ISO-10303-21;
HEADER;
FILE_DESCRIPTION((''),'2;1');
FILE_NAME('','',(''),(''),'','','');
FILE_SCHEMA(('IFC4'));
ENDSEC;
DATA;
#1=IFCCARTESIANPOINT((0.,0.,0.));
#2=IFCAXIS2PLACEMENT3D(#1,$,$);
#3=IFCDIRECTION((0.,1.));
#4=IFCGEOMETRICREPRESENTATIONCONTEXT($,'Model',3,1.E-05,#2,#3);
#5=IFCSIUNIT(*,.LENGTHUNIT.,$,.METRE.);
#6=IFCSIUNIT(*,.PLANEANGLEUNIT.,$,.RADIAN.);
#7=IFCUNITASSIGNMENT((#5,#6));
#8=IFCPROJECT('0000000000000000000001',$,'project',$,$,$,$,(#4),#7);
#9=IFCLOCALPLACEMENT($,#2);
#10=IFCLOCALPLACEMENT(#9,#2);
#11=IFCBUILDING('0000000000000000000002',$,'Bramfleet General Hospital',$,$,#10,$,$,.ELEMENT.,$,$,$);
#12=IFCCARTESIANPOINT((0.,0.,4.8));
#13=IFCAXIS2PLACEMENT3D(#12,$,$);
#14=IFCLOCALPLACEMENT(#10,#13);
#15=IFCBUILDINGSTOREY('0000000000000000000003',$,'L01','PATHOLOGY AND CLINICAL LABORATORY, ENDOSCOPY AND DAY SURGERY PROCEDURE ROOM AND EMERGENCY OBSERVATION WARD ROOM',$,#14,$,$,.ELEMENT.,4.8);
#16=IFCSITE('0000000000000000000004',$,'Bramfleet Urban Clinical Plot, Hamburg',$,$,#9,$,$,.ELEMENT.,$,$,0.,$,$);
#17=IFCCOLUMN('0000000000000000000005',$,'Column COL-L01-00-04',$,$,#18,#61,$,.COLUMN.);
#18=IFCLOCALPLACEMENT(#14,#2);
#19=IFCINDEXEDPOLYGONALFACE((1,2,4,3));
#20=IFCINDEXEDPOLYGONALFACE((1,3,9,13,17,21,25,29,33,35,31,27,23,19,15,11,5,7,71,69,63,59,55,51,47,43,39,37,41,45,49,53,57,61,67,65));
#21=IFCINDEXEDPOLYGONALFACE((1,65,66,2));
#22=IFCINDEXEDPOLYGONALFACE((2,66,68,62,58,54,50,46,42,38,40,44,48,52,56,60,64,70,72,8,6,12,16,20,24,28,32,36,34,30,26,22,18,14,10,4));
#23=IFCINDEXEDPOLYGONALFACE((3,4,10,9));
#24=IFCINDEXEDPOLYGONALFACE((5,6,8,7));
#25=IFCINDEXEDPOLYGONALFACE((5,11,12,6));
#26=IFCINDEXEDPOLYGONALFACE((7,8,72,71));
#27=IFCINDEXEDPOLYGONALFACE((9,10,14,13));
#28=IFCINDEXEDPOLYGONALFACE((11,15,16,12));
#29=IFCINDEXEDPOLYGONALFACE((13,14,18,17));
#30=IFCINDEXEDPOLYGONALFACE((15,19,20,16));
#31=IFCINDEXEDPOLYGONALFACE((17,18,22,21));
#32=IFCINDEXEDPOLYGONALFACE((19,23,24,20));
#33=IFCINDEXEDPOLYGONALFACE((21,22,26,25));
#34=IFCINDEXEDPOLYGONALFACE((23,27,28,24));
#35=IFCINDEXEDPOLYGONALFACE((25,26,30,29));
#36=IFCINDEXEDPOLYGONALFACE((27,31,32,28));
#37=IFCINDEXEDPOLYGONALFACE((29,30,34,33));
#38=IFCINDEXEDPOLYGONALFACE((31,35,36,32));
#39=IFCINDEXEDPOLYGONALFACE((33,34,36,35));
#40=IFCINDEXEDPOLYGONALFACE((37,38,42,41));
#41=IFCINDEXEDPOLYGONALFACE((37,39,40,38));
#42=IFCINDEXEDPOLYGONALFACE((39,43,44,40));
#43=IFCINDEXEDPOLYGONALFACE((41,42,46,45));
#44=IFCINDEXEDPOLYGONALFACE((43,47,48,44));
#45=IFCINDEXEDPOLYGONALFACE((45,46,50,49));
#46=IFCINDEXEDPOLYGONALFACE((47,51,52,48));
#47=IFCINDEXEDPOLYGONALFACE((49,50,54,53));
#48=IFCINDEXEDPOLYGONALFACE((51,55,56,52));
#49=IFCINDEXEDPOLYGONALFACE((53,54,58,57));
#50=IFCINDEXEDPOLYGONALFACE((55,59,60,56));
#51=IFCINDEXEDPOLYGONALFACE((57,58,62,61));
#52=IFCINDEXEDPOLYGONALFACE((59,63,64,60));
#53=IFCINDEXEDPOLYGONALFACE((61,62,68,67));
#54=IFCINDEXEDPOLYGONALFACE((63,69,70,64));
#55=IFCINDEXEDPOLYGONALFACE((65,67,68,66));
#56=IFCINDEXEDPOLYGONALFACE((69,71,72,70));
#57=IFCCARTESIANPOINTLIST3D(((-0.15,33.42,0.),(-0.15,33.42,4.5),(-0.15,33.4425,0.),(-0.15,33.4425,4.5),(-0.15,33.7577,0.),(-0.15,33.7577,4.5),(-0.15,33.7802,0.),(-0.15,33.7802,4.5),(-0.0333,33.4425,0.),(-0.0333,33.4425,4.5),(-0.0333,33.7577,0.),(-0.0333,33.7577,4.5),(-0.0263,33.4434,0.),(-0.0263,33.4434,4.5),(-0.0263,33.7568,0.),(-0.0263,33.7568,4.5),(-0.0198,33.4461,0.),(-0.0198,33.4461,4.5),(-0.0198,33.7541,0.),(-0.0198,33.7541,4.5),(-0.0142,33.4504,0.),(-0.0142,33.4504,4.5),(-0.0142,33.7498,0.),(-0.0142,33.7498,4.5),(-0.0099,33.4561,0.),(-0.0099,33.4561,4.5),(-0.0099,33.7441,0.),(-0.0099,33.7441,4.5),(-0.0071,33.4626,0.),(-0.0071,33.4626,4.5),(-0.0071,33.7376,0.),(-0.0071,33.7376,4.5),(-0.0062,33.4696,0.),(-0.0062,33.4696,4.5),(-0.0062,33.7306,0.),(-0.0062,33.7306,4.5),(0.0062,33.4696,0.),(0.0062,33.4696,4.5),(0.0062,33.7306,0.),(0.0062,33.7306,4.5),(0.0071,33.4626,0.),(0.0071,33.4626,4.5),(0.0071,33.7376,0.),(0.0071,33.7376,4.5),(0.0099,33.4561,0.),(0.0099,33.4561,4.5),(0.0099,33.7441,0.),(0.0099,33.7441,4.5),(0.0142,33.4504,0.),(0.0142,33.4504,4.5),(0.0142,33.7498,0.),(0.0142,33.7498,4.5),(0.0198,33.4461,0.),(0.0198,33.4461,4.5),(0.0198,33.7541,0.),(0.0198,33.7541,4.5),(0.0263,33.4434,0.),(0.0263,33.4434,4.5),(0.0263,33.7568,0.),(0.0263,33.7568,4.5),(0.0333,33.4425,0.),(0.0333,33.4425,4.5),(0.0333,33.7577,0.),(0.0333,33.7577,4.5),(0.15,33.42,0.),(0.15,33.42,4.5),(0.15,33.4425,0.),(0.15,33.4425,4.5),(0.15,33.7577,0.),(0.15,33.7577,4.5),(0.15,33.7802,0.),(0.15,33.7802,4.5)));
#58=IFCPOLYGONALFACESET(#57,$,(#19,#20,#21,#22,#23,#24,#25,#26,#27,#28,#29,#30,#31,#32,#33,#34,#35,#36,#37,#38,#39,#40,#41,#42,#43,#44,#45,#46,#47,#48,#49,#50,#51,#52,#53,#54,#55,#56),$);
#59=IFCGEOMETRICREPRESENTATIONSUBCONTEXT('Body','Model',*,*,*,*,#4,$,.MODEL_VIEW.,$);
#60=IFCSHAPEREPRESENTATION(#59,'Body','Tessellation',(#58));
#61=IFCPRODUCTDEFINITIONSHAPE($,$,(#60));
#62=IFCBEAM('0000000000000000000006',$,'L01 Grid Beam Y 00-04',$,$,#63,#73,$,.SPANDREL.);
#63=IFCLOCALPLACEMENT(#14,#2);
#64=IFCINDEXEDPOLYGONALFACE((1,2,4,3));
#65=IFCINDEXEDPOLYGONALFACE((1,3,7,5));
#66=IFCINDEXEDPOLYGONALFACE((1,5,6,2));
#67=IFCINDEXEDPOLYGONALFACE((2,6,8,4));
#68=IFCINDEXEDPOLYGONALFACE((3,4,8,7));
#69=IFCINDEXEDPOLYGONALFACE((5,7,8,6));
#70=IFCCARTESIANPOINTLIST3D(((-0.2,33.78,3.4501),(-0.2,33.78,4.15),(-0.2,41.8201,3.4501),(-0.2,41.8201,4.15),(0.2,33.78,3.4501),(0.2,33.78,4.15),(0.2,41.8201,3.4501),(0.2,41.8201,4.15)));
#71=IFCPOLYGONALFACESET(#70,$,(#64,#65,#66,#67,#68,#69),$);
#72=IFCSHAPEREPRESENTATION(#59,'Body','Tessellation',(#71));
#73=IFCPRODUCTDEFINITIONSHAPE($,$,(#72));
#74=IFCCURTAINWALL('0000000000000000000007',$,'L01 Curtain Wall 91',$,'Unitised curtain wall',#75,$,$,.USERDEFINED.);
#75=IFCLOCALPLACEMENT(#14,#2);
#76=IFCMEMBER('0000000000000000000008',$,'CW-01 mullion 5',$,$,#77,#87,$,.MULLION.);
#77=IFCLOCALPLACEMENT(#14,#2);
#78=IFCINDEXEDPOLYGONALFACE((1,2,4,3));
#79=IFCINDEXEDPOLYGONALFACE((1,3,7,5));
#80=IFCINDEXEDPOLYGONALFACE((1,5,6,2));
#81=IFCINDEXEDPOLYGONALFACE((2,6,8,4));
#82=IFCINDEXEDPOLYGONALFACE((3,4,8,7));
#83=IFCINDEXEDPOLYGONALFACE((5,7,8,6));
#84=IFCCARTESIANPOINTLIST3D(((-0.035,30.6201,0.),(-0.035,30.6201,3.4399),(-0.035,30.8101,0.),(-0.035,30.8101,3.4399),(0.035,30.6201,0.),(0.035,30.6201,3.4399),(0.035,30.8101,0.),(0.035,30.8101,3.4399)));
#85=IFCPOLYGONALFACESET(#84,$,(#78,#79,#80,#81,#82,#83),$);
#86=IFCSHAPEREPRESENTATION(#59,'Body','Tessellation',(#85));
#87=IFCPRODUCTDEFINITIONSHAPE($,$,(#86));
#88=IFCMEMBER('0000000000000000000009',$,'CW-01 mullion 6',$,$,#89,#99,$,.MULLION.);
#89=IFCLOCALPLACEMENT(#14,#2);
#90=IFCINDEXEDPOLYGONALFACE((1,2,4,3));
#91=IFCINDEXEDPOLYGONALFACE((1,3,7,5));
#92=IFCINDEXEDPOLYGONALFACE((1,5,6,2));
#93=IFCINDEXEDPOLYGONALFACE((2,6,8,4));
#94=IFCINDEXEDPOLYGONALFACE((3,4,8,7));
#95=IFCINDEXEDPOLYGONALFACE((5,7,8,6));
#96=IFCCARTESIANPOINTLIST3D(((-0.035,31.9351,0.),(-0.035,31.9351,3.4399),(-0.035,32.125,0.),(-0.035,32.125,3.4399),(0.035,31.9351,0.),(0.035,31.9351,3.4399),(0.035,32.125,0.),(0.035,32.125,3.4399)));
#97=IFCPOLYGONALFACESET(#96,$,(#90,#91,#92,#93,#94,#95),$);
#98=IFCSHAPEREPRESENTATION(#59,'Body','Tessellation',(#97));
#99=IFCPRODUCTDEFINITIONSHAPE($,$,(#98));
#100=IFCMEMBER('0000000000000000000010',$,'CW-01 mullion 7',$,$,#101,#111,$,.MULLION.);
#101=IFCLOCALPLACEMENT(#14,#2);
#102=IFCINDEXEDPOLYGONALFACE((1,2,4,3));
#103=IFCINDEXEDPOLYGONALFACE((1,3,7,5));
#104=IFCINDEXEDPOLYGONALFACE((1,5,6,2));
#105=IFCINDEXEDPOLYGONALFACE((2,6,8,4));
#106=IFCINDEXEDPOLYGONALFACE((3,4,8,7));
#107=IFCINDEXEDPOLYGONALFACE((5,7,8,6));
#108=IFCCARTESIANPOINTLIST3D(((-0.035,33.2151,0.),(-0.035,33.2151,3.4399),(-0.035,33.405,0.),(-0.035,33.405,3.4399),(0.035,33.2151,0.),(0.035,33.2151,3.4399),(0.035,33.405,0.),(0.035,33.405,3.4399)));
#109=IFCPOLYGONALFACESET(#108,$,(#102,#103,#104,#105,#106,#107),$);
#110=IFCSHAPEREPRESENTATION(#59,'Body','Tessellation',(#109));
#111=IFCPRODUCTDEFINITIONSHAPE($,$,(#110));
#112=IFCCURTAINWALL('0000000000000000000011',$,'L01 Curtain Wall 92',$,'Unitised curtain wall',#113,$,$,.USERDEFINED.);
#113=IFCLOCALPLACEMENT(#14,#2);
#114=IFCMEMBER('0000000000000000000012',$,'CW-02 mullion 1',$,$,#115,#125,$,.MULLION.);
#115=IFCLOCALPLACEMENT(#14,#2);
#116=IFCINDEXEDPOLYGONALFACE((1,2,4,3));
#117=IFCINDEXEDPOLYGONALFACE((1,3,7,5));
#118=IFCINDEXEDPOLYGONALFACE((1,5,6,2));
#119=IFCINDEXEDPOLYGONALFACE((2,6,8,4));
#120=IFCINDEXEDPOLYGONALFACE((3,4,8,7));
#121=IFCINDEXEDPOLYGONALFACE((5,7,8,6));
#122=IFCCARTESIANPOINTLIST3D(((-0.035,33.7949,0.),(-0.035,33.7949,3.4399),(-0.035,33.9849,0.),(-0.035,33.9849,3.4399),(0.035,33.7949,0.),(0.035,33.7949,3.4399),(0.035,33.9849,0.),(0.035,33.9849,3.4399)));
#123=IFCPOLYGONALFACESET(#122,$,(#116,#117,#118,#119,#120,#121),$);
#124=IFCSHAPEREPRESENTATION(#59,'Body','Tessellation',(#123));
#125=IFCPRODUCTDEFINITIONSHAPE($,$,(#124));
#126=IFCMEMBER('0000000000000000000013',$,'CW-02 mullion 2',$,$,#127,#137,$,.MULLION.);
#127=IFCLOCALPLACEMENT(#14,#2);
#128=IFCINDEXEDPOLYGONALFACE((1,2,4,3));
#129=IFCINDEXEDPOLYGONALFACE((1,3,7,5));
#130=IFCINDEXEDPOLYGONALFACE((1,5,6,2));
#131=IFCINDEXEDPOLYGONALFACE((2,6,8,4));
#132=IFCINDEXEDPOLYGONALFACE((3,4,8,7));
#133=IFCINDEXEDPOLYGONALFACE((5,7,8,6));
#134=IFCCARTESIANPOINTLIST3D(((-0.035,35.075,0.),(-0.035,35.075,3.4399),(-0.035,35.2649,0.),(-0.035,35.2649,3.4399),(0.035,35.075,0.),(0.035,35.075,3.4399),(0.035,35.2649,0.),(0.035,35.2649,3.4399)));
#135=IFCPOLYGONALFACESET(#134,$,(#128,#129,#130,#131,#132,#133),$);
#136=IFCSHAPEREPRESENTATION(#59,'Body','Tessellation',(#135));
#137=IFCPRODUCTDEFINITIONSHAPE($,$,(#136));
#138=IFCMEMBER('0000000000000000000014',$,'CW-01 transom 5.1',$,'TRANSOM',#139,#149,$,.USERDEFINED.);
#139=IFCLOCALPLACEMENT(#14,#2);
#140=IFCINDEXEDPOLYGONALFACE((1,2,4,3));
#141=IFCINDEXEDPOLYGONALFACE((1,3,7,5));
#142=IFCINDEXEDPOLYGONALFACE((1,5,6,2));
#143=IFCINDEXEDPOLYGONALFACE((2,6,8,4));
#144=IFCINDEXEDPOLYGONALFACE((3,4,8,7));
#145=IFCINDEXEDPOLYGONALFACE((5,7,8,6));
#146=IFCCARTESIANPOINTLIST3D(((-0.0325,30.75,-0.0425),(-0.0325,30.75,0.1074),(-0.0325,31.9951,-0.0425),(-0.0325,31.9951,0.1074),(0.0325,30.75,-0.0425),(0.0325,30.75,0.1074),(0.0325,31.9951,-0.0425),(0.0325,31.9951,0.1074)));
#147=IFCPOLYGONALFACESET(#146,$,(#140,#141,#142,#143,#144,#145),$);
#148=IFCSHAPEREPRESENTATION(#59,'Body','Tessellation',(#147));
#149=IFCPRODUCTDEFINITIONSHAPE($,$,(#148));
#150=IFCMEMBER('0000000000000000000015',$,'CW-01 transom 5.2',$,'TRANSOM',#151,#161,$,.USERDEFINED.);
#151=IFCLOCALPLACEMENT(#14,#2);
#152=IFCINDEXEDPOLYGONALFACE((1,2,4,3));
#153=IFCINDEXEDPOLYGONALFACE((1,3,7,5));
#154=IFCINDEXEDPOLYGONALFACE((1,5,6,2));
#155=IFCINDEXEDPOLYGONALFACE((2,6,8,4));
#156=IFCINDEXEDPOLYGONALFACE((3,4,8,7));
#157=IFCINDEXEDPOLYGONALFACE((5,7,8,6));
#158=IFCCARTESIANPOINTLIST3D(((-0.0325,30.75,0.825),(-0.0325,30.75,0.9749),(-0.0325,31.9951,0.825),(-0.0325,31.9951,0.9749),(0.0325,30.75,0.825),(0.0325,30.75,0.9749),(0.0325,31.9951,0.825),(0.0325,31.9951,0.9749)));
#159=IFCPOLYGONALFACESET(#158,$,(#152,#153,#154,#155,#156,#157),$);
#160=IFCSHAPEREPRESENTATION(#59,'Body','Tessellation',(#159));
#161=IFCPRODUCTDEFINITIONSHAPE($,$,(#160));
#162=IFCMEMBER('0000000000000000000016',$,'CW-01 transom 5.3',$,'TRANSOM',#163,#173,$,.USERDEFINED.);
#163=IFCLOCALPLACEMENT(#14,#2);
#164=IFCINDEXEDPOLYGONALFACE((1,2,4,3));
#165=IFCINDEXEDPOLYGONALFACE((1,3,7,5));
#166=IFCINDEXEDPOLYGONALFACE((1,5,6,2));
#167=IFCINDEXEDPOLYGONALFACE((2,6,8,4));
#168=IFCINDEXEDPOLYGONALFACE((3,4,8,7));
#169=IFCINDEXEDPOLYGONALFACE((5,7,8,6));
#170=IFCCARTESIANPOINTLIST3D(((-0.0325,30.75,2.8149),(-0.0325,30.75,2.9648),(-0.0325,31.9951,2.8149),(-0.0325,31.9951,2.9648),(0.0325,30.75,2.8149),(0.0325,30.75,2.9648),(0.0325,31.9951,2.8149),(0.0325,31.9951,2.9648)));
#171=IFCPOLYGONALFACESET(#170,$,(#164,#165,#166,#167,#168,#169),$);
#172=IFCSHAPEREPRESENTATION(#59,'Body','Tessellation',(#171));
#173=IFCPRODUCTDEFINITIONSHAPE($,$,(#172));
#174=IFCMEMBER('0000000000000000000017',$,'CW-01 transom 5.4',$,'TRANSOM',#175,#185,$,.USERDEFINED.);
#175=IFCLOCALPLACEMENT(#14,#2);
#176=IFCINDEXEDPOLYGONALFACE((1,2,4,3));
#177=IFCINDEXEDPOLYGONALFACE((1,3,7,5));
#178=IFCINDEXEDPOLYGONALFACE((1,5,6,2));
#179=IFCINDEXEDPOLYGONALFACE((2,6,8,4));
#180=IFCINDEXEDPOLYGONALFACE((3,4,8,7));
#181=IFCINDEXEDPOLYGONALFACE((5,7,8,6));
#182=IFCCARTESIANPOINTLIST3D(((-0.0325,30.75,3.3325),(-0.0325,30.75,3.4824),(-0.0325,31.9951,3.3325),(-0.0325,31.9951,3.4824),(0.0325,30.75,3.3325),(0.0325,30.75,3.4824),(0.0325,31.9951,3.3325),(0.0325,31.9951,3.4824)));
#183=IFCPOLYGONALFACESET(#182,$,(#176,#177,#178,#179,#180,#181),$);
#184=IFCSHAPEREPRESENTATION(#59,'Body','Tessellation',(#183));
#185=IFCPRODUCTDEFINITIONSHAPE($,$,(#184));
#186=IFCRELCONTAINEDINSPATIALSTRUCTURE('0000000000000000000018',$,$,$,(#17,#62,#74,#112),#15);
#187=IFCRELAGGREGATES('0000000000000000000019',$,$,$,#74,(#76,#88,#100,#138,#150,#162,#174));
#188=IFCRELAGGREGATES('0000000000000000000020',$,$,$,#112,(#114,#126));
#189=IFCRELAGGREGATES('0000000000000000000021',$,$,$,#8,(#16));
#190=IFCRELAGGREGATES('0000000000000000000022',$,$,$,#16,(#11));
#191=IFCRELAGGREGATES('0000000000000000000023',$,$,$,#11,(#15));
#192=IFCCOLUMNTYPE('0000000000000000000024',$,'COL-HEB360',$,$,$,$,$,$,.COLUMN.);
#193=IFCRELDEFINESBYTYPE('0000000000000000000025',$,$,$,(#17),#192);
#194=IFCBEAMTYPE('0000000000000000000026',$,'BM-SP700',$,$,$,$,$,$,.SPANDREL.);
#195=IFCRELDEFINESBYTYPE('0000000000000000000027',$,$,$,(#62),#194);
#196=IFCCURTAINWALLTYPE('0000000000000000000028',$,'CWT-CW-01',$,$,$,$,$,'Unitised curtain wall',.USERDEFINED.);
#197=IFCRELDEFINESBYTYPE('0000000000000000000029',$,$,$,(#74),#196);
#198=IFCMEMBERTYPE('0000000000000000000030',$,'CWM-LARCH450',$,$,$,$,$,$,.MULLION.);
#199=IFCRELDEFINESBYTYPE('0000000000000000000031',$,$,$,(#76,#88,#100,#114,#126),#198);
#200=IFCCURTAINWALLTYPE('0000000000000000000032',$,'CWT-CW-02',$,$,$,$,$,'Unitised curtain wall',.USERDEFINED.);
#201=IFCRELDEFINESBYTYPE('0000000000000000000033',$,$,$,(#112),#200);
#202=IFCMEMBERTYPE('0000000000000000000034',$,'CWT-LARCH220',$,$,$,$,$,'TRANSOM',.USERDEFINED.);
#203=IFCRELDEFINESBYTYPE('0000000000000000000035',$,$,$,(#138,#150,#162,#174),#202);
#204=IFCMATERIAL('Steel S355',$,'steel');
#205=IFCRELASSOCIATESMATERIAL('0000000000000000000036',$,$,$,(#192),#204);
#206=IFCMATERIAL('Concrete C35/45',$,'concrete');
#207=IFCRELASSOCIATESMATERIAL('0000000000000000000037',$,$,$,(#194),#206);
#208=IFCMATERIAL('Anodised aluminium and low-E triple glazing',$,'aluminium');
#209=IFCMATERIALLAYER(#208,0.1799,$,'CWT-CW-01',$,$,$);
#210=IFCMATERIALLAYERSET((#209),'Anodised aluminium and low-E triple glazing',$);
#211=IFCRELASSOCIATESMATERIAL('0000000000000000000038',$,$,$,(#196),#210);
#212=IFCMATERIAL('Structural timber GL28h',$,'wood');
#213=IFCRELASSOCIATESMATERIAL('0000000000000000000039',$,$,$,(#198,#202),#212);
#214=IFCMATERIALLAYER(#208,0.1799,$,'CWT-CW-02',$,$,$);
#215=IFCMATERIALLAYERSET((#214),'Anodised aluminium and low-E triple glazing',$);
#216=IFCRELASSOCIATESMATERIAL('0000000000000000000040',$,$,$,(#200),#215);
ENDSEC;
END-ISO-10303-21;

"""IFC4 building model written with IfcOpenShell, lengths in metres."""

from ifc_helpers import new_model, si_unit, direction, frame, origin, origin_2d, place, context, subcontext, project, spatial, rectangle, i_section, extrude, material, layer, layer_set, material_profile, profile_set, type_object, element, aggregate, save


model = new_model("IFC4")

# Units and contexts
model_context = context("Model", 3, precision=1e-05, world=origin(), true_north=direction((0.0, 1.0)))
body_context = subcontext(model_context, "Body", "Model", "MODEL_VIEW")
ifc_project = project(units=[si_unit("LENGTHUNIT", "METRE"), si_unit("PLANEANGLEUNIT", "RADIAN")], contexts=[model_context])

# Site, building, storey
site_placement = place(None, origin())
site = spatial("IfcSite", under=ifc_project, at=site_placement, Name="Bramfleet Urban Clinical Plot, Hamburg", CompositionType="ELEMENT", RefElevation=0.0)
building_placement = place(site_placement, origin())
building = spatial("IfcBuilding", under=site, at=building_placement, Name="Bramfleet General Hospital", CompositionType="ELEMENT")
storey_placement = place(building_placement, frame((0.0, 0.0, 4.8)))
storey = spatial("IfcBuildingStorey", under=building, at=storey_placement, Name="L01", Description="PATHOLOGY AND CLINICAL LABORATORY, ENDOSCOPY AND DAY SURGERY PROCEDURE ROOM AND EMERGENCY OBSERVATION WARD ROOM", CompositionType="ELEMENT", Elevation=4.8)

# Column
ifc_material_1 = material(Name="Steel S355", Category="steel")
ifc_material_profile_1 = material_profile(ifc_material_1, i_section(OverallWidth=0.3, OverallDepth=0.3601, WebThickness=0.0125, FlangeThickness=0.0225, FilletRadius=0.0271, at=origin_2d()), Name="HEB 360")
ifc_profile_set_1 = profile_set([ifc_material_profile_1], Name="Steel S355")
column_type = type_object("IfcColumnType", Name="COL-HEB360", PredefinedType="COLUMN", material=ifc_profile_set_1)
column_placement = place(storey_placement, frame((0.0, 33.6001, 0.0), z_axis=(0.0, 0.0, 1.0), x_axis=(1.0, 0.0, 0.0)))
element("IfcColumn", 1, at=column_placement, inside=storey, type_object=column_type, Name="Column COL-L01-00-04", PredefinedType="COLUMN", context=body_context, shape_type="SweptSolid", body=[
    extrude(i_section(OverallWidth=0.3, OverallDepth=0.3601, WebThickness=0.0125, FlangeThickness=0.0225, FilletRadius=0.0271, at=origin_2d()), origin(), (0.0, 0.0, 1.0), 4.5),
])

# Beam
ifc_material_2 = material(Name="Concrete C35/45", Category="concrete")
ifc_material_profile_2 = material_profile(ifc_material_2, rectangle(XDim=0.3999, YDim=0.7, at=origin_2d()), Name="RC SP 700x400")
ifc_profile_set_2 = profile_set([ifc_material_profile_2], Name="Concrete C35/45")
beam_type = type_object("IfcBeamType", Name="BM-SP700", PredefinedType="SPANDREL", material=ifc_profile_set_2)
beam_placement = place(storey_placement, frame((0.0, 33.78, 3.8), z_axis=(0.0, 1.0, 0.0), x_axis=(-1.0, 0.0, 0.0)))
element("IfcBeam", 2, at=beam_placement, inside=storey, type_object=beam_type, Name="L01 Grid Beam Y 00-04", PredefinedType="SPANDREL", context=body_context, shape_type="SweptSolid", body=[
    extrude(rectangle(XDim=0.3999, YDim=0.7, at=origin_2d()), origin(), (0.0, 0.0, 1.0), 8.04),
])

# Curtain walls, members
ifc_material_3 = material(Name="Anodised aluminium and low-E triple glazing", Category="aluminium")
ifc_layer_1 = layer(ifc_material_3, 0.1799, Name="CWT-CW-01")
ifc_layer_set_1 = layer_set([ifc_layer_1], Name="Anodised aluminium and low-E triple glazing")
curtain_wall_type_1 = type_object("IfcCurtainWallType", Name="CWT-CW-01", ElementType="Unitised curtain wall", PredefinedType="USERDEFINED", material=ifc_layer_set_1)
curtain_wall_1_placement = place(storey_placement, origin())
curtain_wall_1 = element("IfcCurtainWall", 3, at=curtain_wall_1_placement, inside=storey, type_object=curtain_wall_type_1, Name="L01 Curtain Wall 91", ObjectType="Unitised curtain wall", PredefinedType="USERDEFINED")
ifc_material_4 = material(Name="Structural timber GL28h", Category="wood")
ifc_material_profile_3 = material_profile(ifc_material_4, rectangle(XDim=0.0701, YDim=0.1899, at=origin_2d()), Name="LARCH 190x70")
ifc_profile_set_3 = profile_set([ifc_material_profile_3], Name="Structural timber GL28h")
member_type_1 = type_object("IfcMemberType", Name="CWM-LARCH450", PredefinedType="MULLION", material=ifc_profile_set_3)
member_1_placement = place(storey_placement, frame((0.0, 30.7151, 0.0), z_axis=(0.0, 0.0, 1.0), x_axis=(-1.0, 0.0, 0.0)))
member_1 = element("IfcMember", 4, at=member_1_placement, type_object=member_type_1, Name="CW-01 mullion 5", PredefinedType="MULLION", context=body_context, shape_type="SweptSolid", body=[
    extrude(rectangle(XDim=0.0701, YDim=0.1899, at=origin_2d()), origin(), (0.0, 0.0, 1.0), 3.4399),
])
member_2_placement = place(storey_placement, frame((0.0, 32.03, 0.0), z_axis=(0.0, 0.0, 1.0), x_axis=(-1.0, 0.0, 0.0)))
member_2 = element("IfcMember", 5, at=member_2_placement, type_object=member_type_1, Name="CW-01 mullion 6", PredefinedType="MULLION", context=body_context, shape_type="SweptSolid", body=[
    extrude(rectangle(XDim=0.0701, YDim=0.1899, at=origin_2d()), origin(), (0.0, 0.0, 1.0), 3.4399),
])
member_3_placement = place(storey_placement, frame((0.0, 33.3101, 0.0), z_axis=(0.0, 0.0, 1.0), x_axis=(-1.0, 0.0, 0.0)))
member_3 = element("IfcMember", 6, at=member_3_placement, type_object=member_type_1, Name="CW-01 mullion 7", PredefinedType="MULLION", context=body_context, shape_type="SweptSolid", body=[
    extrude(rectangle(XDim=0.0701, YDim=0.1899, at=origin_2d()), origin(), (0.0, 0.0, 1.0), 3.4399),
])
ifc_layer_2 = layer(ifc_material_3, 0.1799, Name="CWT-CW-02")
ifc_layer_set_2 = layer_set([ifc_layer_2], Name="Anodised aluminium and low-E triple glazing")
curtain_wall_type_2 = type_object("IfcCurtainWallType", Name="CWT-CW-02", ElementType="Unitised curtain wall", PredefinedType="USERDEFINED", material=ifc_layer_set_2)
curtain_wall_2_placement = place(storey_placement, origin())
curtain_wall_2 = element("IfcCurtainWall", 7, at=curtain_wall_2_placement, inside=storey, type_object=curtain_wall_type_2, Name="L01 Curtain Wall 92", ObjectType="Unitised curtain wall", PredefinedType="USERDEFINED")
member_4_placement = place(storey_placement, frame((0.0, 33.8899, 0.0), z_axis=(0.0, 0.0, 1.0), x_axis=(-1.0, 0.0, 0.0)))
member_4 = element("IfcMember", 8, at=member_4_placement, type_object=member_type_1, Name="CW-02 mullion 1", PredefinedType="MULLION", context=body_context, shape_type="SweptSolid", body=[
    extrude(rectangle(XDim=0.0701, YDim=0.1899, at=origin_2d()), origin(), (0.0, 0.0, 1.0), 3.4399),
])
member_5_placement = place(storey_placement, frame((0.0, 35.1699, 0.0), z_axis=(0.0, 0.0, 1.0), x_axis=(-1.0, 0.0, 0.0)))
member_5 = element("IfcMember", 9, at=member_5_placement, type_object=member_type_1, Name="CW-02 mullion 2", PredefinedType="MULLION", context=body_context, shape_type="SweptSolid", body=[
    extrude(rectangle(XDim=0.0701, YDim=0.1899, at=origin_2d()), origin(), (0.0, 0.0, 1.0), 3.4399),
])

# Members
ifc_material_profile_4 = material_profile(ifc_material_4, rectangle(XDim=0.0649, YDim=0.1499, at=origin_2d()), Name="LARCH 150x65")
ifc_profile_set_4 = profile_set([ifc_material_profile_4], Name="Structural timber GL28h")
member_type_2 = type_object("IfcMemberType", Name="CWT-LARCH220", ElementType="TRANSOM", PredefinedType="USERDEFINED", material=ifc_profile_set_4)
member_6_placement = place(storey_placement, frame((0.0, 30.75, 0.0325), z_axis=(0.0, 1.0, 0.0), x_axis=(-1.0, 0.0, 0.0)))
member_6 = element("IfcMember", 10, at=member_6_placement, type_object=member_type_2, Name="CW-01 transom 5.1", ObjectType="TRANSOM", PredefinedType="USERDEFINED", context=body_context, shape_type="SweptSolid", body=[
    extrude(rectangle(XDim=0.0649, YDim=0.1499, at=origin_2d()), origin(), (0.0, 0.0, 1.0), 1.2451),
])
member_7_placement = place(storey_placement, frame((0.0, 30.75, 0.8999), z_axis=(0.0, 1.0, 0.0), x_axis=(-1.0, 0.0, 0.0)))
member_7 = element("IfcMember", 11, at=member_7_placement, type_object=member_type_2, Name="CW-01 transom 5.2", ObjectType="TRANSOM", PredefinedType="USERDEFINED", context=body_context, shape_type="SweptSolid", body=[
    extrude(rectangle(XDim=0.0649, YDim=0.1499, at=origin_2d()), origin(), (0.0, 0.0, 1.0), 1.2451),
])
member_8_placement = place(storey_placement, frame((0.0, 30.75, 2.8899), z_axis=(0.0, 1.0, 0.0), x_axis=(-1.0, 0.0, 0.0)))
member_8 = element("IfcMember", 12, at=member_8_placement, type_object=member_type_2, Name="CW-01 transom 5.3", ObjectType="TRANSOM", PredefinedType="USERDEFINED", context=body_context, shape_type="SweptSolid", body=[
    extrude(rectangle(XDim=0.0649, YDim=0.1499, at=origin_2d()), origin(), (0.0, 0.0, 1.0), 1.2451),
])
member_9_placement = place(storey_placement, frame((0.0, 30.75, 3.4075), z_axis=(0.0, 1.0, 0.0), x_axis=(-1.0, 0.0, 0.0)))
member_9 = element("IfcMember", 13, at=member_9_placement, type_object=member_type_2, Name="CW-01 transom 5.4", ObjectType="TRANSOM", PredefinedType="USERDEFINED", context=body_context, shape_type="SweptSolid", body=[
    extrude(rectangle(XDim=0.0649, YDim=0.1499, at=origin_2d()), origin(), (0.0, 0.0, 1.0), 1.2451),
])

aggregate(curtain_wall_1, [member_1, member_2, member_3, member_6, member_7, member_8, member_9])
aggregate(curtain_wall_2, [member_4, member_5])

save(model, "model.ifc")
